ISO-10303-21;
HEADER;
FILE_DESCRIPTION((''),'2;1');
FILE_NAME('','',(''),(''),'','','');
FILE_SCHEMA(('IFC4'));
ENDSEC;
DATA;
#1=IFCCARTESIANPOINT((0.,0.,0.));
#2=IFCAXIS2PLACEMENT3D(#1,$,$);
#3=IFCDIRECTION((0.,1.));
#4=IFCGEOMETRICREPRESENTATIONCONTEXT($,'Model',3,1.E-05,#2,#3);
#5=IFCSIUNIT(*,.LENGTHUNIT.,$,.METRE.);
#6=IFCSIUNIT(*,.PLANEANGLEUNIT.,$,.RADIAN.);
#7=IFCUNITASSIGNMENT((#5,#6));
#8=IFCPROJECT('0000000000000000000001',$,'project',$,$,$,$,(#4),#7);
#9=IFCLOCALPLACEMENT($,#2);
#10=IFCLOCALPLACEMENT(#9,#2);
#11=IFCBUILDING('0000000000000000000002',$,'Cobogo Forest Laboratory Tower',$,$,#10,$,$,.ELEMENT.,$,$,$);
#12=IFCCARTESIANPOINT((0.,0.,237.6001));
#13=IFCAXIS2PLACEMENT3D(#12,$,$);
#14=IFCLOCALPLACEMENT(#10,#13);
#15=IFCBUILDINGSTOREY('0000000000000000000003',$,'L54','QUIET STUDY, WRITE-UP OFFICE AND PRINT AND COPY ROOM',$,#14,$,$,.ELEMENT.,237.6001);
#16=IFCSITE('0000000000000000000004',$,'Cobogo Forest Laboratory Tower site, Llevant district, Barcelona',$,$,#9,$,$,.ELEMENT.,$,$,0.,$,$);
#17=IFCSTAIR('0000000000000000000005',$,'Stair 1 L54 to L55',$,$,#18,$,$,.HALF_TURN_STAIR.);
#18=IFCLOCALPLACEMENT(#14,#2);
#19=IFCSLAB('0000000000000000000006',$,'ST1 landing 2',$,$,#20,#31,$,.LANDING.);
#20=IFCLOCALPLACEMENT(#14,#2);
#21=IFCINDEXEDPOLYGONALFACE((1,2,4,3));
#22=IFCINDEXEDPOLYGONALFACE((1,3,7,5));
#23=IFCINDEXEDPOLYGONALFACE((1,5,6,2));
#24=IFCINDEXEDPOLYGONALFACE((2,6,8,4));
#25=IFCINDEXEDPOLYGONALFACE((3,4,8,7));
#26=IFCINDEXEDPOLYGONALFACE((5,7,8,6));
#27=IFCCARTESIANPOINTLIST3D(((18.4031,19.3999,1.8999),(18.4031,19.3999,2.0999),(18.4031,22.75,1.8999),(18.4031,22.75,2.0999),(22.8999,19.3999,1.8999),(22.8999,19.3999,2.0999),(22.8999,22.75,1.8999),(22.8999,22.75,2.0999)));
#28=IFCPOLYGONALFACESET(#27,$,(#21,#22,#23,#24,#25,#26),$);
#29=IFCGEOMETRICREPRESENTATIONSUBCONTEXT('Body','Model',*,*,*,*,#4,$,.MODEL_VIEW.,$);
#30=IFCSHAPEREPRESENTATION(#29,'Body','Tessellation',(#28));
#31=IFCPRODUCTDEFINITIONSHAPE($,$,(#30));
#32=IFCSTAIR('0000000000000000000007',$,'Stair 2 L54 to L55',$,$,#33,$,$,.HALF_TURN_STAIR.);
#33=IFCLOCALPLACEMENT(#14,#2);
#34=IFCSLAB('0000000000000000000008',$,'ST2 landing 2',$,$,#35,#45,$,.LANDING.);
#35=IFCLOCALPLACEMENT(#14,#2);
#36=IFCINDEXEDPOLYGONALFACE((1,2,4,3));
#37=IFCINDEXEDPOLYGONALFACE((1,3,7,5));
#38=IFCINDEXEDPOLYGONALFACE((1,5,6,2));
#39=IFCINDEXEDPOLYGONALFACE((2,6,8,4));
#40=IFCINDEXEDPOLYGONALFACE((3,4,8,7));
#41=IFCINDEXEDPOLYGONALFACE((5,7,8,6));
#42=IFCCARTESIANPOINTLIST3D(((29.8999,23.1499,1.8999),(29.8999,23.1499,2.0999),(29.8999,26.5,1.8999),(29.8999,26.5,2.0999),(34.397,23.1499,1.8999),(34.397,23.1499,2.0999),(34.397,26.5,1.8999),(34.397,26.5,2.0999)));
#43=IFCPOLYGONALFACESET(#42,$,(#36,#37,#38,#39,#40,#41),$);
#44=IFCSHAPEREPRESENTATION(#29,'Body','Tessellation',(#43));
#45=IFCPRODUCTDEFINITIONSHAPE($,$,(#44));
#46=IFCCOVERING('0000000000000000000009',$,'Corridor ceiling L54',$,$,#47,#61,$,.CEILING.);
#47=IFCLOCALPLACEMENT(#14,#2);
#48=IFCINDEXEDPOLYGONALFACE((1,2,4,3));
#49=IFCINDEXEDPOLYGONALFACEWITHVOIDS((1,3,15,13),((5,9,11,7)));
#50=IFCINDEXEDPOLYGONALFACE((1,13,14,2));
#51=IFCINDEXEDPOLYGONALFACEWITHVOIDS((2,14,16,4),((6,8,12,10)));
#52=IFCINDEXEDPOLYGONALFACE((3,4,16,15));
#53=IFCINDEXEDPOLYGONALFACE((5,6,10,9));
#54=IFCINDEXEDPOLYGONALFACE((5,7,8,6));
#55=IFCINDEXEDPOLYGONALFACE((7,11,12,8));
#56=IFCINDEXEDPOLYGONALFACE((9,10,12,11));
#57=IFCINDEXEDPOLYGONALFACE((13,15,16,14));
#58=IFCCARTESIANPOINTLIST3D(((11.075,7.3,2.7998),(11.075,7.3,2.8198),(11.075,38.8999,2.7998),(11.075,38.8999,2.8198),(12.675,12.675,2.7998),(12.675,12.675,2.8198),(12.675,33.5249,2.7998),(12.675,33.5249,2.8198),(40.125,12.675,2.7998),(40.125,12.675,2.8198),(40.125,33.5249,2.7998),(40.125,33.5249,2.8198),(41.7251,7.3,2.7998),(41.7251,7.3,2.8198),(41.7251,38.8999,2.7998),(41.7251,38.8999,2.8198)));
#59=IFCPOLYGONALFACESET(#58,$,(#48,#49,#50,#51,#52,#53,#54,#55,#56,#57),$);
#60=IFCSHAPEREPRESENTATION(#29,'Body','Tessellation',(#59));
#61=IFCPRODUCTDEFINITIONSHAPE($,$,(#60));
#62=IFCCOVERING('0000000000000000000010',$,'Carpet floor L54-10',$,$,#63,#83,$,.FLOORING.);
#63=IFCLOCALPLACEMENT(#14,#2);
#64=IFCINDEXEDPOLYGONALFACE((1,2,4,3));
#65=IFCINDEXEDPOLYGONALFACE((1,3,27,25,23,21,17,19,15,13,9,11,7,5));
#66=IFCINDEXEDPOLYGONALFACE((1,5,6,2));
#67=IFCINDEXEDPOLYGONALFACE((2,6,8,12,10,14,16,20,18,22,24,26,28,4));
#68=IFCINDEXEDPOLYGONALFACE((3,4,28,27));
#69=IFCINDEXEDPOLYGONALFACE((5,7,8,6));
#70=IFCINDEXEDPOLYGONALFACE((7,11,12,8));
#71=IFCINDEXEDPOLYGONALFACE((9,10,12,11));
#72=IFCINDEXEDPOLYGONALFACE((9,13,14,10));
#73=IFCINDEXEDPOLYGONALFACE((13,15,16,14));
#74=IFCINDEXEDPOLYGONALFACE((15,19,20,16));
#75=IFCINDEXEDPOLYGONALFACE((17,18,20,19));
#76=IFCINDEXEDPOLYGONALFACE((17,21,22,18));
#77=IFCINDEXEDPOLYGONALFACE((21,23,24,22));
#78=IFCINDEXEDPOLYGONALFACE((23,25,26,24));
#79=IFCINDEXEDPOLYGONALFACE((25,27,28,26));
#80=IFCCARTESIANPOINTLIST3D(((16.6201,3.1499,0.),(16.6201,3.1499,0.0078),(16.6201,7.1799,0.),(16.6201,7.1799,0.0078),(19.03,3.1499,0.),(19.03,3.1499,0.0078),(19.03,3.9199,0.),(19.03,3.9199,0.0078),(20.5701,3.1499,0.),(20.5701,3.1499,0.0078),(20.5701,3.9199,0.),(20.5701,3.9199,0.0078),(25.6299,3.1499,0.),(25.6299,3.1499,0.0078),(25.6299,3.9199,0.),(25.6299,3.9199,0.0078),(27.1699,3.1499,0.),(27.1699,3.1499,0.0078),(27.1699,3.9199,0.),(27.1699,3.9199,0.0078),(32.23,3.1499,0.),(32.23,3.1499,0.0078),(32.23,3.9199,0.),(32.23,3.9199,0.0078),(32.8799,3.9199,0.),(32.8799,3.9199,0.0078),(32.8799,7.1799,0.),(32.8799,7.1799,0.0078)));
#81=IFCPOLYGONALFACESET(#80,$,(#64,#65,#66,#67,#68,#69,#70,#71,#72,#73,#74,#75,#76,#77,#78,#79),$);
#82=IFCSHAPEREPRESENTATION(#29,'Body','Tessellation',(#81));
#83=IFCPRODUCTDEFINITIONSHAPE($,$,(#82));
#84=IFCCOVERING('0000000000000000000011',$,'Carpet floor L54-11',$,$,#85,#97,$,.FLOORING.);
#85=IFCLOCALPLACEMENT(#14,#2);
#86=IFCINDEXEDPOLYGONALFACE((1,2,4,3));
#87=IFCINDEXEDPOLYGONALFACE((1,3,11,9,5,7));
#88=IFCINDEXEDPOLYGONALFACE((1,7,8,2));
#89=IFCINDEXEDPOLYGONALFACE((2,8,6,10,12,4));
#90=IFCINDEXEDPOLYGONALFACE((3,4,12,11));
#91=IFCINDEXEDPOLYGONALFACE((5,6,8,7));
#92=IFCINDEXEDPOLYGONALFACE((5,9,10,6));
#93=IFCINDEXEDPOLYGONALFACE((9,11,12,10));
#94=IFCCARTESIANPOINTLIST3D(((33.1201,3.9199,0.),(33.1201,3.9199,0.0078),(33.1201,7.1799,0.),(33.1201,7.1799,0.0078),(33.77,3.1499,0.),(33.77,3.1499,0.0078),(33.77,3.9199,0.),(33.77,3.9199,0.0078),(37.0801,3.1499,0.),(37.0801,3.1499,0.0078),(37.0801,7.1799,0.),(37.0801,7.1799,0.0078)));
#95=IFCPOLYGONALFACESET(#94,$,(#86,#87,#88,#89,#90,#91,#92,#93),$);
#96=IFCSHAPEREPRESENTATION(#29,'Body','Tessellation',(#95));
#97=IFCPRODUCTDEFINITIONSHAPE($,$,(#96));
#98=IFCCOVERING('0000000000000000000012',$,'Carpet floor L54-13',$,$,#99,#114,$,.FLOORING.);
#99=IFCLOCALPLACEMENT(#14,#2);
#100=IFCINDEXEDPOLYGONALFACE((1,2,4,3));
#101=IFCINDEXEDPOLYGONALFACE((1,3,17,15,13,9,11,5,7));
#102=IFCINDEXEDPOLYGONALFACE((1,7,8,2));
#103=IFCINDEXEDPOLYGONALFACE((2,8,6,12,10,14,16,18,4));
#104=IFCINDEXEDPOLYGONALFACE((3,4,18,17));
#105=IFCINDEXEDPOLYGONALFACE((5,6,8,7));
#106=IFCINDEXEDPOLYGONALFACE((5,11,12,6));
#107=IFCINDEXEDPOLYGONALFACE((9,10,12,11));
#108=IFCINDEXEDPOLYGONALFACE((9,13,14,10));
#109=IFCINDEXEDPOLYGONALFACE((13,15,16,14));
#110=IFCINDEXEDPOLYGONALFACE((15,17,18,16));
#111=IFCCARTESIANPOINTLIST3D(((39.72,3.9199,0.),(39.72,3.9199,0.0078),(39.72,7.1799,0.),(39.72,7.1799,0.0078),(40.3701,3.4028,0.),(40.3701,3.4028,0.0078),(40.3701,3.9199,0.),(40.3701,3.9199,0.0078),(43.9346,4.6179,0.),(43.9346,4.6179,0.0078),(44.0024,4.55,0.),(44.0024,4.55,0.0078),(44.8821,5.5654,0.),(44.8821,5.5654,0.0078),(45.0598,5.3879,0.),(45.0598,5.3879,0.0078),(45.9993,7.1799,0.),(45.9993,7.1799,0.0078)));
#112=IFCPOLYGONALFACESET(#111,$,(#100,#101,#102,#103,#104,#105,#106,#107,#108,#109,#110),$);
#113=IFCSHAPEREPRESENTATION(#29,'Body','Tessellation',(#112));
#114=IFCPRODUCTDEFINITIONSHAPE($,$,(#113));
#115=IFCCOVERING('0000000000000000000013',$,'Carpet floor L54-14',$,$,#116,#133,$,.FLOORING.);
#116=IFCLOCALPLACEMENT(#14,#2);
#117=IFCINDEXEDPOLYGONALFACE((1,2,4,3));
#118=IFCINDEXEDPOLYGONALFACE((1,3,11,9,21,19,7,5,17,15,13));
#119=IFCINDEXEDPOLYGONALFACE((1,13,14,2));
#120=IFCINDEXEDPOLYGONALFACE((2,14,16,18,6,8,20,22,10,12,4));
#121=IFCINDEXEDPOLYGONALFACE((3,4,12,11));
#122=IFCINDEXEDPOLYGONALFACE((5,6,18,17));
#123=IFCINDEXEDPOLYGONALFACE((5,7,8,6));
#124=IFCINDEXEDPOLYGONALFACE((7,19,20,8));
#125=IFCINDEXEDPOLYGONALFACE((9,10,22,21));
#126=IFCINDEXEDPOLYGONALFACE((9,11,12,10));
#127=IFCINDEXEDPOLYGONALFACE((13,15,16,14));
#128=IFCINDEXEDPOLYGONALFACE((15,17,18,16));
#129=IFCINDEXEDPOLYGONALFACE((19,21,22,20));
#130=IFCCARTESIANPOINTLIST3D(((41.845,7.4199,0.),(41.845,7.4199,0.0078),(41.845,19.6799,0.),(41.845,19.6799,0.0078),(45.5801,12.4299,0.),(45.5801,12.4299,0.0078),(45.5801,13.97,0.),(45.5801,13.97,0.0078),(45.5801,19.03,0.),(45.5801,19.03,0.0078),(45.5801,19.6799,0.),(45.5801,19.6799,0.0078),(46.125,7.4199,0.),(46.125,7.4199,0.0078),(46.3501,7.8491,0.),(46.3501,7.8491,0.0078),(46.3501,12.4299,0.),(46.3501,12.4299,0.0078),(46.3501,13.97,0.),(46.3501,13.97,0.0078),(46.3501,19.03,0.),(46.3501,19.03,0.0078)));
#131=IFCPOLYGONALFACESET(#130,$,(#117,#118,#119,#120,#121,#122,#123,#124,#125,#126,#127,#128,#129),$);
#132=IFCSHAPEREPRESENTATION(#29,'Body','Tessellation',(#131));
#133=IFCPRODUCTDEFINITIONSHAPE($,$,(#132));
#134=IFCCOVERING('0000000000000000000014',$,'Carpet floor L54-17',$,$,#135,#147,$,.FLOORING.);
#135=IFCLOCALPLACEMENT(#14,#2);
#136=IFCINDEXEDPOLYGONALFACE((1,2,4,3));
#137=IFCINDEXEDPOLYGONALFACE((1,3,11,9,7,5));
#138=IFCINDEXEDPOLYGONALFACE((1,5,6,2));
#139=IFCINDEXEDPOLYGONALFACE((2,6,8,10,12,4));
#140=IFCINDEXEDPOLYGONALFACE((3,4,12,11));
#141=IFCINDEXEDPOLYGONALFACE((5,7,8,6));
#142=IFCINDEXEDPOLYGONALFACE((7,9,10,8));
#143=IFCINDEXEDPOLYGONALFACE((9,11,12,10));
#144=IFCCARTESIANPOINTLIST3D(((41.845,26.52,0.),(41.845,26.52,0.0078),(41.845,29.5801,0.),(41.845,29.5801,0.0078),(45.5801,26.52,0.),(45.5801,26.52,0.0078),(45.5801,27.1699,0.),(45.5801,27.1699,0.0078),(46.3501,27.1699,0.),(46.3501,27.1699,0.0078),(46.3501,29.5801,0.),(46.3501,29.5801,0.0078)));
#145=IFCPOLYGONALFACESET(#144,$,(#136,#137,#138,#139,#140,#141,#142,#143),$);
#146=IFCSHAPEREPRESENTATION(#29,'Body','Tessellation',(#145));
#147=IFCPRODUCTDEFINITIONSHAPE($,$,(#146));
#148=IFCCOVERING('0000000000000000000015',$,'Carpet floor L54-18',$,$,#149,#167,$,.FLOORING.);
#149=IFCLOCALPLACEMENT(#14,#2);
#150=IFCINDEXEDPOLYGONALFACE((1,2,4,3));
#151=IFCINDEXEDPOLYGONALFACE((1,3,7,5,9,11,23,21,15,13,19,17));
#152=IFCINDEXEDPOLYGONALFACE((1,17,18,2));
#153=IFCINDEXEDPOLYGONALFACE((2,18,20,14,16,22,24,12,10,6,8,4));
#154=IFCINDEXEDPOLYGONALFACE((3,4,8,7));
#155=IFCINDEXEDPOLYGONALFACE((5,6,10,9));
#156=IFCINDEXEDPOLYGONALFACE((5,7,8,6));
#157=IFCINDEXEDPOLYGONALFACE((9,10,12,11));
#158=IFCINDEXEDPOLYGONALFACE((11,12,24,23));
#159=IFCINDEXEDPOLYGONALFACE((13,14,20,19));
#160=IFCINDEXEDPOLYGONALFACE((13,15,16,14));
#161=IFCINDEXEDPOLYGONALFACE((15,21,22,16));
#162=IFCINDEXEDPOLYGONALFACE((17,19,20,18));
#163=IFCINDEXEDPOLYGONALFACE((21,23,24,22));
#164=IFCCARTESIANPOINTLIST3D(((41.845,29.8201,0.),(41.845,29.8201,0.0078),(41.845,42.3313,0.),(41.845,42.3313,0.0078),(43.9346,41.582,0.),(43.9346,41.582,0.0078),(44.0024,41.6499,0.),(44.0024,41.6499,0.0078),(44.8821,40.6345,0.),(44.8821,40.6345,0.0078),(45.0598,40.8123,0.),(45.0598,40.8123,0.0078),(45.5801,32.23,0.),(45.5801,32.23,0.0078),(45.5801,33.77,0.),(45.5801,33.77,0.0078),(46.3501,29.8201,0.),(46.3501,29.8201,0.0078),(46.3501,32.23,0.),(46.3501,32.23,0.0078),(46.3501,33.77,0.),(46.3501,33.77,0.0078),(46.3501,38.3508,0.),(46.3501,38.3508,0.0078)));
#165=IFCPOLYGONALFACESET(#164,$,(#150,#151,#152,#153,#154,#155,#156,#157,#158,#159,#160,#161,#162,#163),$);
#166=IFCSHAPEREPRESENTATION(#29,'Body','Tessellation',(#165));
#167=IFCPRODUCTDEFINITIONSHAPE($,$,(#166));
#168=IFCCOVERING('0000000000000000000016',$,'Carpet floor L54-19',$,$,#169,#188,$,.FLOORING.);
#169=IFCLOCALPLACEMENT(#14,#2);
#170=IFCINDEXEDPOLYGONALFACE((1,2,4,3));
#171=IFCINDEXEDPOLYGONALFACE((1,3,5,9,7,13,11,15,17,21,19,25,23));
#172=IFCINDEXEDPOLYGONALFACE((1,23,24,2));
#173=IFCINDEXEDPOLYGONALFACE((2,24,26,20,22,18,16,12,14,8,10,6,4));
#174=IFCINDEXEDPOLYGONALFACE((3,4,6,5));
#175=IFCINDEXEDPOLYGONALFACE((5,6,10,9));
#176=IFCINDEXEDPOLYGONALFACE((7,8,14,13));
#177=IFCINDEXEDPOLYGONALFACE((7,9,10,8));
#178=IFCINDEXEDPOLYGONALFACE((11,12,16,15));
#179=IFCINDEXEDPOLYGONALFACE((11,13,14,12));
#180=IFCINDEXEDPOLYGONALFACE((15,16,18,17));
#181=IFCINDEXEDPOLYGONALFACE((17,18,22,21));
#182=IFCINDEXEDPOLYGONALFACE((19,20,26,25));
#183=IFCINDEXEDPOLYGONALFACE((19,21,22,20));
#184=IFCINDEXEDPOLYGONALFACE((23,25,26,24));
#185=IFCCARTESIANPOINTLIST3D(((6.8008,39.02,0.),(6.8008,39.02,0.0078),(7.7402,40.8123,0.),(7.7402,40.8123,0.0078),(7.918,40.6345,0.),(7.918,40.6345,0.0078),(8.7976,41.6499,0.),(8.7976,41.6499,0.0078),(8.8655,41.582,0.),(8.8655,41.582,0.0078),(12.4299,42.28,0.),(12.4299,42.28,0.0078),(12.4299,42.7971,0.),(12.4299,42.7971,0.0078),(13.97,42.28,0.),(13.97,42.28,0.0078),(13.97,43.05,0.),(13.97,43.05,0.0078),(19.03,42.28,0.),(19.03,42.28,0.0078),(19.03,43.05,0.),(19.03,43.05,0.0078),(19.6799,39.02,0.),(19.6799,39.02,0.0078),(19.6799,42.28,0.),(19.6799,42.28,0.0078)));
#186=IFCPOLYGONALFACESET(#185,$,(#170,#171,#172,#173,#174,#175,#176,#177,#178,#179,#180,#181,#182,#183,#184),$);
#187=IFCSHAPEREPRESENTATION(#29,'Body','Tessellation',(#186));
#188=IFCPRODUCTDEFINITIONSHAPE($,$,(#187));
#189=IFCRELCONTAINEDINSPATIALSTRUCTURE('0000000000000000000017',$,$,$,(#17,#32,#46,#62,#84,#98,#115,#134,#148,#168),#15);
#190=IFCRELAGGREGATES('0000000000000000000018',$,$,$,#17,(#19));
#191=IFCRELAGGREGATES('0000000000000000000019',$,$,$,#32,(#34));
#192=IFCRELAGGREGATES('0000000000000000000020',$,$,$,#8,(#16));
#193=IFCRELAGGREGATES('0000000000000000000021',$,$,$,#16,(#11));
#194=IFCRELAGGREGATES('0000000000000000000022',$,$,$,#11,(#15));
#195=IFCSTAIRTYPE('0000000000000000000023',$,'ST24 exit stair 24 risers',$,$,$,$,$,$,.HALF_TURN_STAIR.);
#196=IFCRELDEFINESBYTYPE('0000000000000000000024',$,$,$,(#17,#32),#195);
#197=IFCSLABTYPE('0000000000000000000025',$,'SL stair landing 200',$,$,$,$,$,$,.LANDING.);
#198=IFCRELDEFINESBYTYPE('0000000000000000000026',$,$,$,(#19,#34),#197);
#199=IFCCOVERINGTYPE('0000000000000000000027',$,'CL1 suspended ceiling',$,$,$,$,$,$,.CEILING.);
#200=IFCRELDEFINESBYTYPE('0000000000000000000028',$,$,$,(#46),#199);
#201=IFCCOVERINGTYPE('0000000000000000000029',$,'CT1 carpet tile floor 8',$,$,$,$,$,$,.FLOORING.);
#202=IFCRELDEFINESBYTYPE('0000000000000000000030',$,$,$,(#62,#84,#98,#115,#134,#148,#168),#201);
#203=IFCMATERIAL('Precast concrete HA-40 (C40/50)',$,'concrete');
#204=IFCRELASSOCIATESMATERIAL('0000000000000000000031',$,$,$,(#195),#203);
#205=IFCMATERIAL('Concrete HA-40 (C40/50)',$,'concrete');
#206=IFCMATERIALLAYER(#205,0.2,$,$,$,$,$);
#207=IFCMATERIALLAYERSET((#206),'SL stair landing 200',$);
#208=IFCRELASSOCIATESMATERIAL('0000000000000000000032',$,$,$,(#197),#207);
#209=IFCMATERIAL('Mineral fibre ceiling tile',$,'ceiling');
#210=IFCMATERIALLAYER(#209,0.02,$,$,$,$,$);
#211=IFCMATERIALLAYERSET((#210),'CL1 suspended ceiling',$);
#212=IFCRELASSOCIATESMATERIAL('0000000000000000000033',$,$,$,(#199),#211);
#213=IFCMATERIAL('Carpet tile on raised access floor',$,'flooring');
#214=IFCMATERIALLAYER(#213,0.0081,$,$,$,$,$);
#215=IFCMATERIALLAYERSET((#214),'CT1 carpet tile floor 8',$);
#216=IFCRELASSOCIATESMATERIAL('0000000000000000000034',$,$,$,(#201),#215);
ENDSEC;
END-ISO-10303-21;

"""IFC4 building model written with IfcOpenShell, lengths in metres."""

from ifc_helpers import new_model, si_unit, direction, frame, origin, place, context, subcontext, project, spatial, polyline, outline, extrude, material, layer, layer_set, type_object, element, aggregate, save


model = new_model("IFC4")

# Units and contexts
model_context = context("Model", 3, precision=1e-05, world=origin(), true_north=direction((0.0, 1.0)))
body_context = subcontext(model_context, "Body", "Model", "MODEL_VIEW")
ifc_project = project(units=[si_unit("LENGTHUNIT", "METRE"), si_unit("PLANEANGLEUNIT", "RADIAN")], contexts=[model_context])

# Site, building, storey
site_placement = place(None, origin())
site = spatial("IfcSite", under=ifc_project, at=site_placement, Name="Cobogo Forest Laboratory Tower site, Llevant district, Barcelona", CompositionType="ELEMENT", RefElevation=0.0)
building_placement = place(site_placement, origin())
building = spatial("IfcBuilding", under=site, at=building_placement, Name="Cobogo Forest Laboratory Tower", CompositionType="ELEMENT")
storey_placement = place(building_placement, frame((0.0, 0.0, 237.6001)))
storey = spatial("IfcBuildingStorey", under=building, at=storey_placement, Name="L54", Description="QUIET STUDY, WRITE-UP OFFICE AND PRINT AND COPY ROOM", CompositionType="ELEMENT", Elevation=237.6001)

# Stairs, slabs
ifc_material_1 = material(Name="Precast concrete HA-40 (C40/50)", Category="concrete")
stair_type = type_object("IfcStairType", Name="ST24 exit stair 24 risers", PredefinedType="HALF_TURN_STAIR", material=ifc_material_1)
stair_1_placement = place(storey_placement, origin())
stair_1 = element("IfcStair", 1, at=stair_1_placement, inside=storey, type_object=stair_type, Name="Stair 1 L54 to L55", PredefinedType="HALF_TURN_STAIR")
ifc_material_2 = material(Name="Concrete HA-40 (C40/50)", Category="concrete")
ifc_layer_1 = layer(ifc_material_2, 0.2)
ifc_layer_set_1 = layer_set([ifc_layer_1], Name="SL stair landing 200")
slab_type = type_object("IfcSlabType", Name="SL stair landing 200", PredefinedType="LANDING", material=ifc_layer_set_1)
slab_1_placement = place(storey_placement, frame((0.0, 0.0, 1.8999)))
slab_1 = element("IfcSlab", 2, at=slab_1_placement, type_object=slab_type, Name="ST1 landing 2", PredefinedType="LANDING", context=body_context, shape_type="SweptSolid", body=[
    extrude(outline(polyline([(18.4031, 19.3999), (22.8999, 19.3999), (22.8999, 22.75), (18.4031, 22.75), (18.4031, 19.3999)])), origin(), (0.0, 0.0, 1.0), 0.2),
])
aggregate(stair_1, [slab_1])
stair_2_placement = place(storey_placement, origin())
stair_2 = element("IfcStair", 3, at=stair_2_placement, inside=storey, type_object=stair_type, Name="Stair 2 L54 to L55", PredefinedType="HALF_TURN_STAIR")
slab_2_placement = place(storey_placement, frame((0.0, 0.0, 1.8999)))
slab_2 = element("IfcSlab", 4, at=slab_2_placement, type_object=slab_type, Name="ST2 landing 2", PredefinedType="LANDING", context=body_context, shape_type="SweptSolid", body=[
    extrude(outline(polyline([(29.8999, 23.1499), (34.397, 23.1499), (34.397, 26.5), (29.8999, 26.5), (29.8999, 23.1499)])), origin(), (0.0, 0.0, 1.0), 0.2),
])
aggregate(stair_2, [slab_2])

# Coverings
ifc_material_3 = material(Name="Mineral fibre ceiling tile", Category="ceiling")
ifc_layer_2 = layer(ifc_material_3, 0.02)
ifc_layer_set_2 = layer_set([ifc_layer_2], Name="CL1 suspended ceiling")
covering_type_1 = type_object("IfcCoveringType", Name="CL1 suspended ceiling", PredefinedType="CEILING", material=ifc_layer_set_2)
covering_1_placement = place(storey_placement, frame((0.0, 0.0, 2.7998)))
element("IfcCovering", 5, at=covering_1_placement, inside=storey, type_object=covering_type_1, Name="Corridor ceiling L54", PredefinedType="CEILING", context=body_context, shape_type="SweptSolid", body=[
    extrude(outline(polyline([(11.075, 7.3), (11.075, 38.8999), (41.7251, 38.8999), (41.7251, 7.3), (11.075, 7.3)]), holes=[polyline([(40.125, 33.5249), (12.675, 33.5249), (12.675, 12.675), (40.125, 12.675), (40.125, 33.5249)])]), origin(), (0.0, 0.0, 1.0), 0.02),
])
ifc_material_4 = material(Name="Carpet tile on raised access floor", Category="flooring")
ifc_layer_3 = layer(ifc_material_4, 0.0081)
ifc_layer_set_3 = layer_set([ifc_layer_3], Name="CT1 carpet tile floor 8")
covering_type_2 = type_object("IfcCoveringType", Name="CT1 carpet tile floor 8", PredefinedType="FLOORING", material=ifc_layer_set_3)
covering_2_placement = place(storey_placement, origin())
element("IfcCovering", 6, at=covering_2_placement, inside=storey, type_object=covering_type_2, Name="Carpet floor L54-10", PredefinedType="FLOORING", context=body_context, shape_type="SweptSolid", body=[
    extrude(outline(polyline([(32.8799, 7.1799), (32.8799, 3.9199), (32.23, 3.9199), (32.23, 3.1499), (27.1699, 3.1499), (27.1699, 3.9199), (25.6299, 3.9199), (25.6299, 3.1499), (20.5701, 3.1499), (20.5701, 3.9199), (19.03, 3.9199), (19.03, 3.1499), (16.6201, 3.1499), (16.6201, 7.1799), (32.8799, 7.1799)])), origin(), (0.0, 0.0, 1.0), 0.0078),
])
covering_3_placement = place(storey_placement, origin())
element("IfcCovering", 7, at=covering_3_placement, inside=storey, type_object=covering_type_2, Name="Carpet floor L54-11", PredefinedType="FLOORING", context=body_context, shape_type="SweptSolid", body=[
    extrude(outline(polyline([(37.0801, 7.1799), (37.0801, 3.1499), (33.77, 3.1499), (33.77, 3.9199), (33.1201, 3.9199), (33.1201, 7.1799), (37.0801, 7.1799)])), origin(), (0.0, 0.0, 1.0), 0.0078),
])
covering_4_placement = place(storey_placement, origin())
element("IfcCovering", 8, at=covering_4_placement, inside=storey, type_object=covering_type_2, Name="Carpet floor L54-13", PredefinedType="FLOORING", context=body_context, shape_type="SweptSolid", body=[
    extrude(outline(polyline([(44.0024, 4.55), (40.3701, 3.4028), (40.3701, 3.9199), (39.72, 3.9199), (39.72, 7.1799), (45.9993, 7.1799), (45.0598, 5.3879), (44.8821, 5.5654), (43.9346, 4.6179), (44.0024, 4.55)])), origin(), (0.0, 0.0, 1.0), 0.0078),
])
covering_5_placement = place(storey_placement, origin())
element("IfcCovering", 9, at=covering_5_placement, inside=storey, type_object=covering_type_2, Name="Carpet floor L54-14", PredefinedType="FLOORING", context=body_context, shape_type="SweptSolid", body=[
    extrude(outline(polyline([(41.845, 19.6799), (45.5801, 19.6799), (45.5801, 19.03), (46.3501, 19.03), (46.3501, 13.97), (45.5801, 13.97), (45.5801, 12.4299), (46.3501, 12.4299), (46.3501, 7.8491), (46.125, 7.4199), (41.845, 7.4199), (41.845, 19.6799)])), origin(), (0.0, 0.0, 1.0), 0.0078),
])
covering_6_placement = place(storey_placement, origin())
element("IfcCovering", 10, at=covering_6_placement, inside=storey, type_object=covering_type_2, Name="Carpet floor L54-17", PredefinedType="FLOORING", context=body_context, shape_type="SweptSolid", body=[
    extrude(outline(polyline([(41.845, 29.5801), (46.3501, 29.5801), (46.3501, 27.1699), (45.5801, 27.1699), (45.5801, 26.52), (41.845, 26.52), (41.845, 29.5801)])), origin(), (0.0, 0.0, 1.0), 0.0078),
])
covering_7_placement = place(storey_placement, origin())
element("IfcCovering", 11, at=covering_7_placement, inside=storey, type_object=covering_type_2, Name="Carpet floor L54-18", PredefinedType="FLOORING", context=body_context, shape_type="SweptSolid", body=[
    extrude(outline(polyline([(41.845, 42.3313), (44.0024, 41.6499), (43.9346, 41.582), (44.8821, 40.6345), (45.0598, 40.8123), (46.3501, 38.3508), (46.3501, 33.77), (45.5801, 33.77), (45.5801, 32.23), (46.3501, 32.23), (46.3501, 29.8201), (41.845, 29.8201), (41.845, 42.3313)])), origin(), (0.0, 0.0, 1.0), 0.0078),
])
covering_8_placement = place(storey_placement, origin())
element("IfcCovering", 12, at=covering_8_placement, inside=storey, type_object=covering_type_2, Name="Carpet floor L54-19", PredefinedType="FLOORING", context=body_context, shape_type="SweptSolid", body=[
    extrude(outline(polyline([(6.8008, 39.02), (7.7402, 40.8123), (7.918, 40.6345), (8.8655, 41.582), (8.7976, 41.6499), (12.4299, 42.7971), (12.4299, 42.28), (13.97, 42.28), (13.97, 43.05), (19.03, 43.05), (19.03, 42.28), (19.6799, 42.28), (19.6799, 39.02), (6.8008, 39.02)])), origin(), (0.0, 0.0, 1.0), 0.0078),
])

save(model, "model.ifc")
